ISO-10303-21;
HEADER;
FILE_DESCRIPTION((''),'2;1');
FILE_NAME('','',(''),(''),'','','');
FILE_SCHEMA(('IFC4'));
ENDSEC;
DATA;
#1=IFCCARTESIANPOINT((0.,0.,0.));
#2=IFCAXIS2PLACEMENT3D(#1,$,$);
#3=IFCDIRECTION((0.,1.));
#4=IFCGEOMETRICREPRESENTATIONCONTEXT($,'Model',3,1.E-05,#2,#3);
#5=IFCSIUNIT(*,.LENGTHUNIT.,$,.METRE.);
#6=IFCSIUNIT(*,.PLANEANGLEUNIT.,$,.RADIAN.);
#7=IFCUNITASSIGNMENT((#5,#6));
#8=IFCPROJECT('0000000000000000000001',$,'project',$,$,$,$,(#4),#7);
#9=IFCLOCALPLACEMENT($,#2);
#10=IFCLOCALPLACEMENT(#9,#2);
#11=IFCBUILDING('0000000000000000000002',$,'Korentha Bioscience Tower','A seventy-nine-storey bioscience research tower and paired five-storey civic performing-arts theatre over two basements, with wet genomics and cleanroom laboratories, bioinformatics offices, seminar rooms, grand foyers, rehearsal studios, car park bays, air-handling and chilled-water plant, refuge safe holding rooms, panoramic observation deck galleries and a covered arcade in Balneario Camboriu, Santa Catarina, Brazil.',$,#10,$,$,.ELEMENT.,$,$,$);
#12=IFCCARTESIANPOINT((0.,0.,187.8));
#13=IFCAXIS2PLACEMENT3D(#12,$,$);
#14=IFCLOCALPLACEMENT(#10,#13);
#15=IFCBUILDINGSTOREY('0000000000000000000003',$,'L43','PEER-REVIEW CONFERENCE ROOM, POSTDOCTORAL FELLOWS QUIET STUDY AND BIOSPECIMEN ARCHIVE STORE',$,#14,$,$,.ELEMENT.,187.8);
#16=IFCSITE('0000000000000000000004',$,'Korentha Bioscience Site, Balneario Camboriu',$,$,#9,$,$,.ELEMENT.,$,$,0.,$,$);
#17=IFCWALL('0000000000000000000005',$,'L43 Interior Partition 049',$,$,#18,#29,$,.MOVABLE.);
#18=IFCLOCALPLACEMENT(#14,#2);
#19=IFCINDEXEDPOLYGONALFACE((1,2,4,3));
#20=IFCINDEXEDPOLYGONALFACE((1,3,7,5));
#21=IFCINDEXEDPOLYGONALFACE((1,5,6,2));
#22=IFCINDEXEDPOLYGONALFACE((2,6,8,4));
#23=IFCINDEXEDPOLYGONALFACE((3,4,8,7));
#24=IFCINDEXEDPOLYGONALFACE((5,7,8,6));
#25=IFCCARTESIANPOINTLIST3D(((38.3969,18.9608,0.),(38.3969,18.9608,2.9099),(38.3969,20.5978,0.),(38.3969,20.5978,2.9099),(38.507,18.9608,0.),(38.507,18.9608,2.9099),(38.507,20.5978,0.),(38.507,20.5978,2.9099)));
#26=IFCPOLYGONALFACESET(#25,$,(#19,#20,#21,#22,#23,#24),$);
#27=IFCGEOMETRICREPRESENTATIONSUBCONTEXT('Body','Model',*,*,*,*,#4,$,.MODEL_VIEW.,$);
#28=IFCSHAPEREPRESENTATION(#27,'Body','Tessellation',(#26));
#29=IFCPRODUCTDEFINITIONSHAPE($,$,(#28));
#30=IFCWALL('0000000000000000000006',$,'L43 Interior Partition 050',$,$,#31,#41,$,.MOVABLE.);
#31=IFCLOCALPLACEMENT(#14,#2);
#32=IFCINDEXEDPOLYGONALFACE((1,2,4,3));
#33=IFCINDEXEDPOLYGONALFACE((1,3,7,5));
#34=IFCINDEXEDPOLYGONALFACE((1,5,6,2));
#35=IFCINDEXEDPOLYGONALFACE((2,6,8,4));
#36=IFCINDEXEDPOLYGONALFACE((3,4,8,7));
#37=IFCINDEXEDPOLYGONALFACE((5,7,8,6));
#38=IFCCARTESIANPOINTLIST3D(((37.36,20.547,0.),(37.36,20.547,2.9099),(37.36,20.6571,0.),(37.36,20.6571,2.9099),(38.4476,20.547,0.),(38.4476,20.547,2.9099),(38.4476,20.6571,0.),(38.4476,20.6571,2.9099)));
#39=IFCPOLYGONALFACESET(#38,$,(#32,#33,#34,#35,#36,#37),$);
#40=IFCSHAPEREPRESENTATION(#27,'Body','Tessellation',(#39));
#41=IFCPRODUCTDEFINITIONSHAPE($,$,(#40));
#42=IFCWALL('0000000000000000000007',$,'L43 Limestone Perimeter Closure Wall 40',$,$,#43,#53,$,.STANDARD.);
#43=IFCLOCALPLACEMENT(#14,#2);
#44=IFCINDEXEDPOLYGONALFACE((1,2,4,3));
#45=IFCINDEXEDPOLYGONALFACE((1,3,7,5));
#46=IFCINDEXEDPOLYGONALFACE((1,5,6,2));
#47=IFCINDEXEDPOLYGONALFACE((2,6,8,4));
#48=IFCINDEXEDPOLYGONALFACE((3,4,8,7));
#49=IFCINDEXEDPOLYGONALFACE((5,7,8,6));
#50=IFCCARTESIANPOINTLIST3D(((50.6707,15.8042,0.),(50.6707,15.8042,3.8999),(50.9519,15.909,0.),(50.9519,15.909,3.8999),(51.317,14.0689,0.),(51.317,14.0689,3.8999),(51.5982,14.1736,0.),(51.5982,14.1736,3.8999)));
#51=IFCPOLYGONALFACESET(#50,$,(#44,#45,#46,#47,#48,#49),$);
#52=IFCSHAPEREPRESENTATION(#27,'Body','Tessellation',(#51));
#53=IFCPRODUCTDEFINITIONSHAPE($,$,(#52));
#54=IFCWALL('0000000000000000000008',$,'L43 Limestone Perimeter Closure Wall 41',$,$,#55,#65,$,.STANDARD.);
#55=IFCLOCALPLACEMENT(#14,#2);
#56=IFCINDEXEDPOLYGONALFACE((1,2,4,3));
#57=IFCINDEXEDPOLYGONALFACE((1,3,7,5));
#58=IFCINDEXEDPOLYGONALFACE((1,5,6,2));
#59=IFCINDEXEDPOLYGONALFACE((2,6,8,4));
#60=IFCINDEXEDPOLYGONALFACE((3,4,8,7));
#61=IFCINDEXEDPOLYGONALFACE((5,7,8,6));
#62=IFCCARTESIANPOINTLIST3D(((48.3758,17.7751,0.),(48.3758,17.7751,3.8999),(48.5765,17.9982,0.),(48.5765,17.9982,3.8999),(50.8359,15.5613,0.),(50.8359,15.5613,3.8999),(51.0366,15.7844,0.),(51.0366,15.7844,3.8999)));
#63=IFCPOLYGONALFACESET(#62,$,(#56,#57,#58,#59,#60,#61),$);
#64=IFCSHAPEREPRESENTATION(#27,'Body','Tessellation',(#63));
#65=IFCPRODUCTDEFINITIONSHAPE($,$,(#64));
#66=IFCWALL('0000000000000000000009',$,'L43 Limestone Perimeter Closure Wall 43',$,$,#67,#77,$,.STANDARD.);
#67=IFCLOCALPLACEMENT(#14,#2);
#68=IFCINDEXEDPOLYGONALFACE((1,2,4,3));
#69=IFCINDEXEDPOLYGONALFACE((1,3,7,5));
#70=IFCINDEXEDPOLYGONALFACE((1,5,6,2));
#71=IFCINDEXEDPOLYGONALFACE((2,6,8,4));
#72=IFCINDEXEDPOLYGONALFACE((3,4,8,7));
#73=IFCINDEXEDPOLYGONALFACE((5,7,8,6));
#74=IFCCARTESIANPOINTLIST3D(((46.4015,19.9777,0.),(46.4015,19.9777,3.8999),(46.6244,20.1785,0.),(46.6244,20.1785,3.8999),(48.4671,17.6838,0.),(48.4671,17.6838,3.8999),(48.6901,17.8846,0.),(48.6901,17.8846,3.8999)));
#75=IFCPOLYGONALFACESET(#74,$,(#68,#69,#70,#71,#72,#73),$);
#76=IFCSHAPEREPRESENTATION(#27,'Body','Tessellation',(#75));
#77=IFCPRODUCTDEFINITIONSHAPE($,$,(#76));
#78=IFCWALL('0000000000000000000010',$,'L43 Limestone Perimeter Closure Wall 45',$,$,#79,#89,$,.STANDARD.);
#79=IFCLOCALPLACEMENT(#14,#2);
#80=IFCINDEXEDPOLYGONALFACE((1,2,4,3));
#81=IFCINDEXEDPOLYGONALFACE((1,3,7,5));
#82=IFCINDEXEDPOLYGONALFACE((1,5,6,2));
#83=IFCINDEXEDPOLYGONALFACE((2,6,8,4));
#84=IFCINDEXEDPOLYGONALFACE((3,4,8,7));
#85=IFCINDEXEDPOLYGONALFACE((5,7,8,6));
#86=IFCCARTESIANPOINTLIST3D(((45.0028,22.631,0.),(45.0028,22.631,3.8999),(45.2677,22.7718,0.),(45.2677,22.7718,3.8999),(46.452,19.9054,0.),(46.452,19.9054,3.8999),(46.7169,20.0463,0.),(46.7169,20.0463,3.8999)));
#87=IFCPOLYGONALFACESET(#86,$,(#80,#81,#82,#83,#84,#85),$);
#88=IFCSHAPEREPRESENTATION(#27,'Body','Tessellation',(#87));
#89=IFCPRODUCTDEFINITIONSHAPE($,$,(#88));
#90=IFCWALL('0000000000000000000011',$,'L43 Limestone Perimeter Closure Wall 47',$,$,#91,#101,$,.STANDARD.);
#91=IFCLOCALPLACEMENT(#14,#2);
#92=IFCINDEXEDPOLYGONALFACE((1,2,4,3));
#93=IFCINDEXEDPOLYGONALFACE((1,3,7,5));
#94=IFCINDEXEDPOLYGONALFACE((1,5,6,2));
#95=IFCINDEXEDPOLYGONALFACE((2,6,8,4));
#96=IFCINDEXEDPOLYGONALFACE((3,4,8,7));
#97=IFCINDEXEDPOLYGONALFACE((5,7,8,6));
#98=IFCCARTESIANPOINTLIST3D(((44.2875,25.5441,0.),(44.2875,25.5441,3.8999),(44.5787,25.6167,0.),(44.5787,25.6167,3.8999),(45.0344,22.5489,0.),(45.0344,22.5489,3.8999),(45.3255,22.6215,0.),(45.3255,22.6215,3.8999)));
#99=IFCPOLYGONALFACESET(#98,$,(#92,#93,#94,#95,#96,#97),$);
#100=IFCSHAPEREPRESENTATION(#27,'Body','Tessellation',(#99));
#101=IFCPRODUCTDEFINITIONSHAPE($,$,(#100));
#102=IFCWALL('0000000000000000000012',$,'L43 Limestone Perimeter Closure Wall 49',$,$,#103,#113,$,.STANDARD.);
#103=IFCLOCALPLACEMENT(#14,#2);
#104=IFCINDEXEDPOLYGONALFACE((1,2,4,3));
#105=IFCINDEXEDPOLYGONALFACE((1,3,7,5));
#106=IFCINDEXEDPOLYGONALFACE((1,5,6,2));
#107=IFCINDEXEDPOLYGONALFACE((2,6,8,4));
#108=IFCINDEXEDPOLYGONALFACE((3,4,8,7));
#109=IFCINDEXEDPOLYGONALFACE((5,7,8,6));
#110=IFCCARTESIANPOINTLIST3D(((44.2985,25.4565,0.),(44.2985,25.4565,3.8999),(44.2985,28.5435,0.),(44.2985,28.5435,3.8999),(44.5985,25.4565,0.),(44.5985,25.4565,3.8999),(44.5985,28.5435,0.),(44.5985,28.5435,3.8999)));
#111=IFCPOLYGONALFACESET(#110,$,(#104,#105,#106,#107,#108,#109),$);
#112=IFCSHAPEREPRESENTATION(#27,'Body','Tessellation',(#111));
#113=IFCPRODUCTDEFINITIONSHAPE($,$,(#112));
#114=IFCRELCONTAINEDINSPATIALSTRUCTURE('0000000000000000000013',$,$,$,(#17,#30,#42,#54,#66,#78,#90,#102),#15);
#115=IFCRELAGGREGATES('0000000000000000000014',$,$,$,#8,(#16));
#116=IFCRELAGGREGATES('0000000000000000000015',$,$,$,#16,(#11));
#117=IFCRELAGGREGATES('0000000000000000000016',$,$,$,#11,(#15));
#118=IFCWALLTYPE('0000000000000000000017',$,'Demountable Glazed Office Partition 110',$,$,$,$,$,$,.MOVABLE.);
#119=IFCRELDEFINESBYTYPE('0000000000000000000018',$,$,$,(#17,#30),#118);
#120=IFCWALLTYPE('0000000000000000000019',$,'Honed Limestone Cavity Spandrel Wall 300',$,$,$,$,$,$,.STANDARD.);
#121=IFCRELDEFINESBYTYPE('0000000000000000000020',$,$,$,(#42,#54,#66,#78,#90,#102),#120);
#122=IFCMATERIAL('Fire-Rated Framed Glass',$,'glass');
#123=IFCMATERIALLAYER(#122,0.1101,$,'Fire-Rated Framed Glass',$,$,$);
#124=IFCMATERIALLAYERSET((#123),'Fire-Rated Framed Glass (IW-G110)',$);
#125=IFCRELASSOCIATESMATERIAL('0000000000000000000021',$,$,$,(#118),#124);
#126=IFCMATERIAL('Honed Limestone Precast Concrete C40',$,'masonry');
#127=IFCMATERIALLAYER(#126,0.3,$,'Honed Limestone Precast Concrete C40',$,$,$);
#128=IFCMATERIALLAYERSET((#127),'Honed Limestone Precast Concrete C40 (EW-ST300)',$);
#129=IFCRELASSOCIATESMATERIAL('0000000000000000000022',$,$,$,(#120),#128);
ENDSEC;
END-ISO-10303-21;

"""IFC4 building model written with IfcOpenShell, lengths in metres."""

from ifc_helpers import new_model, si_unit, direction, frame, frame_2d, origin, place, context, subcontext, project, spatial, rectangle, extrude, material, layer, layer_set, type_object, element, save


model = new_model("IFC4")

# Units and contexts
model_context = context("Model", 3, precision=1e-05, world=origin(), true_north=direction((0.0, 1.0)))
body_context = subcontext(model_context, "Body", "Model", "MODEL_VIEW")
ifc_project = project(units=[si_unit("LENGTHUNIT", "METRE"), si_unit("PLANEANGLEUNIT", "RADIAN")], contexts=[model_context])

# Site, building, storey
site_placement = place(None, origin())
site = spatial("IfcSite", under=ifc_project, at=site_placement, Name="Korentha Bioscience Site, Balneario Camboriu", CompositionType="ELEMENT", RefElevation=0.0)
building_placement = place(site_placement, origin())
building = spatial("IfcBuilding", under=site, at=building_placement, Name="Korentha Bioscience Tower", Description="A seventy-nine-storey bioscience research tower and paired five-storey civic performing-arts theatre over two basements, with wet genomics and cleanroom laboratories, bioinformatics offices, seminar rooms, grand foyers, rehearsal studios, car park bays, air-handling and chilled-water plant, refuge safe holding rooms, panoramic observation deck galleries and a covered arcade in Balneario Camboriu, Santa Catarina, Brazil.", CompositionType="ELEMENT")
storey_placement = place(building_placement, frame((0.0, 0.0, 187.8)))
storey = spatial("IfcBuildingStorey", under=building, at=storey_placement, Name="L43", Description="PEER-REVIEW CONFERENCE ROOM, POSTDOCTORAL FELLOWS QUIET STUDY AND BIOSPECIMEN ARCHIVE STORE", CompositionType="ELEMENT", Elevation=187.8)

# Shared definitions
ifc_material_1 = material(Name="Fire-Rated Framed Glass", Category="glass")
ifc_layer_1 = layer(ifc_material_1, 0.1101, Name="Fire-Rated Framed Glass")
ifc_layer_set_1 = layer_set([ifc_layer_1], Name="Fire-Rated Framed Glass (IW-G110)")
wall_type_1 = type_object("IfcWallType", Name="Demountable Glazed Office Partition 110", PredefinedType="MOVABLE", material=ifc_layer_set_1)

# Walls
wall_1_placement = place(storey_placement, frame((38.4519, 18.9609, 0.0), z_axis=(0.0, 0.0, 1.0), x_axis=(0.0, 1.0, 0.0)))
element("IfcWall", 1, at=wall_1_placement, inside=storey, type_object=wall_type_1, Name="L43 Interior Partition 049", PredefinedType="MOVABLE", context=body_context, shape_type="SweptSolid", body=[
    extrude(rectangle(XDim=1.637, YDim=0.1101, at=frame_2d((0.8184, 0.0))), origin(), (0.0, 0.0, 1.0), 2.9099),
])
wall_2_placement = place(storey_placement, frame((38.4478, 20.6021, 0.0), z_axis=(0.0, 0.0, 1.0), x_axis=(-1.0, 0.0, 0.0)))
element("IfcWall", 2, at=wall_2_placement, inside=storey, type_object=wall_type_1, Name="L43 Interior Partition 050", PredefinedType="MOVABLE", context=body_context, shape_type="SweptSolid", body=[
    extrude(rectangle(XDim=1.0876, YDim=0.1101, at=frame_2d((0.5439, 0.0))), origin(), (0.0, 0.0, 1.0), 2.9099),
])
ifc_material_2 = material(Name="Honed Limestone Precast Concrete C40", Category="masonry")
ifc_layer_2 = layer(ifc_material_2, 0.3, Name="Honed Limestone Precast Concrete C40")
ifc_layer_set_2 = layer_set([ifc_layer_2], Name="Honed Limestone Precast Concrete C40 (EW-ST300)")
wall_type_2 = type_object("IfcWallType", Name="Honed Limestone Cavity Spandrel Wall 300", PredefinedType="STANDARD", material=ifc_layer_set_2)
wall_3_placement = place(storey_placement, frame((51.4575, 14.1213, 0.0), z_axis=(0.0, 0.0, 1.0), x_axis=(-0.348984, 0.937129, 0.0)))
element("IfcWall", 3, at=wall_3_placement, inside=storey, type_object=wall_type_2, Name="L43 Limestone Perimeter Closure Wall 40", PredefinedType="STANDARD", context=body_context, shape_type="SweptSolid", body=[
    extrude(rectangle(XDim=1.8518, YDim=0.3, at=frame_2d((0.9258, 0.0))), origin(), (0.0, 0.0, 1.0), 3.8999),
])
wall_4_placement = place(storey_placement, frame((50.9363, 15.6729, 0.0), z_axis=(0.0, 0.0, 1.0), x_axis=(-0.743342, 0.668912, 0.0)))
element("IfcWall", 4, at=wall_4_placement, inside=storey, type_object=wall_type_2, Name="L43 Limestone Perimeter Closure Wall 41", PredefinedType="STANDARD", context=body_context, shape_type="SweptSolid", body=[
    extrude(rectangle(XDim=3.3096, YDim=0.3, at=frame_2d((1.6548, 0.0))), origin(), (0.0, 0.0, 1.0), 3.8999),
])
for number, where, z_axis, x_axis, name in (
    (5, (48.5786, 17.7842, 0.0), (0.0, 0.0, 1.0), (-0.669166, 0.743113, 0.0), "L43 Limestone Perimeter Closure Wall 43"),
    (6, (46.5845, 19.9758, 0.0), (0.0, 0.0, 1.0), (-0.469471, 0.882948, 0.0), "L43 Limestone Perimeter Closure Wall 45"),
    (7, (45.1799, 22.5852, 0.0), (0.0, 0.0, 1.0), (-0.24194, 0.970291, 0.0), "L43 Limestone Perimeter Closure Wall 47"),
    (8, (44.4485, 25.4565, 0.0), (0.0, 0.0, 1.0), (0.0, 1.0, 0.0), "L43 Limestone Perimeter Closure Wall 49"),
):
    element("IfcWall", number, at=place(storey_placement, frame(where, z_axis=z_axis, x_axis=x_axis)), inside=storey, type_object=wall_type_2, Name=name, PredefinedType="STANDARD", context=body_context, shape_type="SweptSolid", body=[
        extrude(rectangle(XDim=3.0869, YDim=0.3, at=frame_2d((1.5435, 0.0))), origin(), (0.0, 0.0, 1.0), 3.8999),
    ])

save(model, "model.ifc")
